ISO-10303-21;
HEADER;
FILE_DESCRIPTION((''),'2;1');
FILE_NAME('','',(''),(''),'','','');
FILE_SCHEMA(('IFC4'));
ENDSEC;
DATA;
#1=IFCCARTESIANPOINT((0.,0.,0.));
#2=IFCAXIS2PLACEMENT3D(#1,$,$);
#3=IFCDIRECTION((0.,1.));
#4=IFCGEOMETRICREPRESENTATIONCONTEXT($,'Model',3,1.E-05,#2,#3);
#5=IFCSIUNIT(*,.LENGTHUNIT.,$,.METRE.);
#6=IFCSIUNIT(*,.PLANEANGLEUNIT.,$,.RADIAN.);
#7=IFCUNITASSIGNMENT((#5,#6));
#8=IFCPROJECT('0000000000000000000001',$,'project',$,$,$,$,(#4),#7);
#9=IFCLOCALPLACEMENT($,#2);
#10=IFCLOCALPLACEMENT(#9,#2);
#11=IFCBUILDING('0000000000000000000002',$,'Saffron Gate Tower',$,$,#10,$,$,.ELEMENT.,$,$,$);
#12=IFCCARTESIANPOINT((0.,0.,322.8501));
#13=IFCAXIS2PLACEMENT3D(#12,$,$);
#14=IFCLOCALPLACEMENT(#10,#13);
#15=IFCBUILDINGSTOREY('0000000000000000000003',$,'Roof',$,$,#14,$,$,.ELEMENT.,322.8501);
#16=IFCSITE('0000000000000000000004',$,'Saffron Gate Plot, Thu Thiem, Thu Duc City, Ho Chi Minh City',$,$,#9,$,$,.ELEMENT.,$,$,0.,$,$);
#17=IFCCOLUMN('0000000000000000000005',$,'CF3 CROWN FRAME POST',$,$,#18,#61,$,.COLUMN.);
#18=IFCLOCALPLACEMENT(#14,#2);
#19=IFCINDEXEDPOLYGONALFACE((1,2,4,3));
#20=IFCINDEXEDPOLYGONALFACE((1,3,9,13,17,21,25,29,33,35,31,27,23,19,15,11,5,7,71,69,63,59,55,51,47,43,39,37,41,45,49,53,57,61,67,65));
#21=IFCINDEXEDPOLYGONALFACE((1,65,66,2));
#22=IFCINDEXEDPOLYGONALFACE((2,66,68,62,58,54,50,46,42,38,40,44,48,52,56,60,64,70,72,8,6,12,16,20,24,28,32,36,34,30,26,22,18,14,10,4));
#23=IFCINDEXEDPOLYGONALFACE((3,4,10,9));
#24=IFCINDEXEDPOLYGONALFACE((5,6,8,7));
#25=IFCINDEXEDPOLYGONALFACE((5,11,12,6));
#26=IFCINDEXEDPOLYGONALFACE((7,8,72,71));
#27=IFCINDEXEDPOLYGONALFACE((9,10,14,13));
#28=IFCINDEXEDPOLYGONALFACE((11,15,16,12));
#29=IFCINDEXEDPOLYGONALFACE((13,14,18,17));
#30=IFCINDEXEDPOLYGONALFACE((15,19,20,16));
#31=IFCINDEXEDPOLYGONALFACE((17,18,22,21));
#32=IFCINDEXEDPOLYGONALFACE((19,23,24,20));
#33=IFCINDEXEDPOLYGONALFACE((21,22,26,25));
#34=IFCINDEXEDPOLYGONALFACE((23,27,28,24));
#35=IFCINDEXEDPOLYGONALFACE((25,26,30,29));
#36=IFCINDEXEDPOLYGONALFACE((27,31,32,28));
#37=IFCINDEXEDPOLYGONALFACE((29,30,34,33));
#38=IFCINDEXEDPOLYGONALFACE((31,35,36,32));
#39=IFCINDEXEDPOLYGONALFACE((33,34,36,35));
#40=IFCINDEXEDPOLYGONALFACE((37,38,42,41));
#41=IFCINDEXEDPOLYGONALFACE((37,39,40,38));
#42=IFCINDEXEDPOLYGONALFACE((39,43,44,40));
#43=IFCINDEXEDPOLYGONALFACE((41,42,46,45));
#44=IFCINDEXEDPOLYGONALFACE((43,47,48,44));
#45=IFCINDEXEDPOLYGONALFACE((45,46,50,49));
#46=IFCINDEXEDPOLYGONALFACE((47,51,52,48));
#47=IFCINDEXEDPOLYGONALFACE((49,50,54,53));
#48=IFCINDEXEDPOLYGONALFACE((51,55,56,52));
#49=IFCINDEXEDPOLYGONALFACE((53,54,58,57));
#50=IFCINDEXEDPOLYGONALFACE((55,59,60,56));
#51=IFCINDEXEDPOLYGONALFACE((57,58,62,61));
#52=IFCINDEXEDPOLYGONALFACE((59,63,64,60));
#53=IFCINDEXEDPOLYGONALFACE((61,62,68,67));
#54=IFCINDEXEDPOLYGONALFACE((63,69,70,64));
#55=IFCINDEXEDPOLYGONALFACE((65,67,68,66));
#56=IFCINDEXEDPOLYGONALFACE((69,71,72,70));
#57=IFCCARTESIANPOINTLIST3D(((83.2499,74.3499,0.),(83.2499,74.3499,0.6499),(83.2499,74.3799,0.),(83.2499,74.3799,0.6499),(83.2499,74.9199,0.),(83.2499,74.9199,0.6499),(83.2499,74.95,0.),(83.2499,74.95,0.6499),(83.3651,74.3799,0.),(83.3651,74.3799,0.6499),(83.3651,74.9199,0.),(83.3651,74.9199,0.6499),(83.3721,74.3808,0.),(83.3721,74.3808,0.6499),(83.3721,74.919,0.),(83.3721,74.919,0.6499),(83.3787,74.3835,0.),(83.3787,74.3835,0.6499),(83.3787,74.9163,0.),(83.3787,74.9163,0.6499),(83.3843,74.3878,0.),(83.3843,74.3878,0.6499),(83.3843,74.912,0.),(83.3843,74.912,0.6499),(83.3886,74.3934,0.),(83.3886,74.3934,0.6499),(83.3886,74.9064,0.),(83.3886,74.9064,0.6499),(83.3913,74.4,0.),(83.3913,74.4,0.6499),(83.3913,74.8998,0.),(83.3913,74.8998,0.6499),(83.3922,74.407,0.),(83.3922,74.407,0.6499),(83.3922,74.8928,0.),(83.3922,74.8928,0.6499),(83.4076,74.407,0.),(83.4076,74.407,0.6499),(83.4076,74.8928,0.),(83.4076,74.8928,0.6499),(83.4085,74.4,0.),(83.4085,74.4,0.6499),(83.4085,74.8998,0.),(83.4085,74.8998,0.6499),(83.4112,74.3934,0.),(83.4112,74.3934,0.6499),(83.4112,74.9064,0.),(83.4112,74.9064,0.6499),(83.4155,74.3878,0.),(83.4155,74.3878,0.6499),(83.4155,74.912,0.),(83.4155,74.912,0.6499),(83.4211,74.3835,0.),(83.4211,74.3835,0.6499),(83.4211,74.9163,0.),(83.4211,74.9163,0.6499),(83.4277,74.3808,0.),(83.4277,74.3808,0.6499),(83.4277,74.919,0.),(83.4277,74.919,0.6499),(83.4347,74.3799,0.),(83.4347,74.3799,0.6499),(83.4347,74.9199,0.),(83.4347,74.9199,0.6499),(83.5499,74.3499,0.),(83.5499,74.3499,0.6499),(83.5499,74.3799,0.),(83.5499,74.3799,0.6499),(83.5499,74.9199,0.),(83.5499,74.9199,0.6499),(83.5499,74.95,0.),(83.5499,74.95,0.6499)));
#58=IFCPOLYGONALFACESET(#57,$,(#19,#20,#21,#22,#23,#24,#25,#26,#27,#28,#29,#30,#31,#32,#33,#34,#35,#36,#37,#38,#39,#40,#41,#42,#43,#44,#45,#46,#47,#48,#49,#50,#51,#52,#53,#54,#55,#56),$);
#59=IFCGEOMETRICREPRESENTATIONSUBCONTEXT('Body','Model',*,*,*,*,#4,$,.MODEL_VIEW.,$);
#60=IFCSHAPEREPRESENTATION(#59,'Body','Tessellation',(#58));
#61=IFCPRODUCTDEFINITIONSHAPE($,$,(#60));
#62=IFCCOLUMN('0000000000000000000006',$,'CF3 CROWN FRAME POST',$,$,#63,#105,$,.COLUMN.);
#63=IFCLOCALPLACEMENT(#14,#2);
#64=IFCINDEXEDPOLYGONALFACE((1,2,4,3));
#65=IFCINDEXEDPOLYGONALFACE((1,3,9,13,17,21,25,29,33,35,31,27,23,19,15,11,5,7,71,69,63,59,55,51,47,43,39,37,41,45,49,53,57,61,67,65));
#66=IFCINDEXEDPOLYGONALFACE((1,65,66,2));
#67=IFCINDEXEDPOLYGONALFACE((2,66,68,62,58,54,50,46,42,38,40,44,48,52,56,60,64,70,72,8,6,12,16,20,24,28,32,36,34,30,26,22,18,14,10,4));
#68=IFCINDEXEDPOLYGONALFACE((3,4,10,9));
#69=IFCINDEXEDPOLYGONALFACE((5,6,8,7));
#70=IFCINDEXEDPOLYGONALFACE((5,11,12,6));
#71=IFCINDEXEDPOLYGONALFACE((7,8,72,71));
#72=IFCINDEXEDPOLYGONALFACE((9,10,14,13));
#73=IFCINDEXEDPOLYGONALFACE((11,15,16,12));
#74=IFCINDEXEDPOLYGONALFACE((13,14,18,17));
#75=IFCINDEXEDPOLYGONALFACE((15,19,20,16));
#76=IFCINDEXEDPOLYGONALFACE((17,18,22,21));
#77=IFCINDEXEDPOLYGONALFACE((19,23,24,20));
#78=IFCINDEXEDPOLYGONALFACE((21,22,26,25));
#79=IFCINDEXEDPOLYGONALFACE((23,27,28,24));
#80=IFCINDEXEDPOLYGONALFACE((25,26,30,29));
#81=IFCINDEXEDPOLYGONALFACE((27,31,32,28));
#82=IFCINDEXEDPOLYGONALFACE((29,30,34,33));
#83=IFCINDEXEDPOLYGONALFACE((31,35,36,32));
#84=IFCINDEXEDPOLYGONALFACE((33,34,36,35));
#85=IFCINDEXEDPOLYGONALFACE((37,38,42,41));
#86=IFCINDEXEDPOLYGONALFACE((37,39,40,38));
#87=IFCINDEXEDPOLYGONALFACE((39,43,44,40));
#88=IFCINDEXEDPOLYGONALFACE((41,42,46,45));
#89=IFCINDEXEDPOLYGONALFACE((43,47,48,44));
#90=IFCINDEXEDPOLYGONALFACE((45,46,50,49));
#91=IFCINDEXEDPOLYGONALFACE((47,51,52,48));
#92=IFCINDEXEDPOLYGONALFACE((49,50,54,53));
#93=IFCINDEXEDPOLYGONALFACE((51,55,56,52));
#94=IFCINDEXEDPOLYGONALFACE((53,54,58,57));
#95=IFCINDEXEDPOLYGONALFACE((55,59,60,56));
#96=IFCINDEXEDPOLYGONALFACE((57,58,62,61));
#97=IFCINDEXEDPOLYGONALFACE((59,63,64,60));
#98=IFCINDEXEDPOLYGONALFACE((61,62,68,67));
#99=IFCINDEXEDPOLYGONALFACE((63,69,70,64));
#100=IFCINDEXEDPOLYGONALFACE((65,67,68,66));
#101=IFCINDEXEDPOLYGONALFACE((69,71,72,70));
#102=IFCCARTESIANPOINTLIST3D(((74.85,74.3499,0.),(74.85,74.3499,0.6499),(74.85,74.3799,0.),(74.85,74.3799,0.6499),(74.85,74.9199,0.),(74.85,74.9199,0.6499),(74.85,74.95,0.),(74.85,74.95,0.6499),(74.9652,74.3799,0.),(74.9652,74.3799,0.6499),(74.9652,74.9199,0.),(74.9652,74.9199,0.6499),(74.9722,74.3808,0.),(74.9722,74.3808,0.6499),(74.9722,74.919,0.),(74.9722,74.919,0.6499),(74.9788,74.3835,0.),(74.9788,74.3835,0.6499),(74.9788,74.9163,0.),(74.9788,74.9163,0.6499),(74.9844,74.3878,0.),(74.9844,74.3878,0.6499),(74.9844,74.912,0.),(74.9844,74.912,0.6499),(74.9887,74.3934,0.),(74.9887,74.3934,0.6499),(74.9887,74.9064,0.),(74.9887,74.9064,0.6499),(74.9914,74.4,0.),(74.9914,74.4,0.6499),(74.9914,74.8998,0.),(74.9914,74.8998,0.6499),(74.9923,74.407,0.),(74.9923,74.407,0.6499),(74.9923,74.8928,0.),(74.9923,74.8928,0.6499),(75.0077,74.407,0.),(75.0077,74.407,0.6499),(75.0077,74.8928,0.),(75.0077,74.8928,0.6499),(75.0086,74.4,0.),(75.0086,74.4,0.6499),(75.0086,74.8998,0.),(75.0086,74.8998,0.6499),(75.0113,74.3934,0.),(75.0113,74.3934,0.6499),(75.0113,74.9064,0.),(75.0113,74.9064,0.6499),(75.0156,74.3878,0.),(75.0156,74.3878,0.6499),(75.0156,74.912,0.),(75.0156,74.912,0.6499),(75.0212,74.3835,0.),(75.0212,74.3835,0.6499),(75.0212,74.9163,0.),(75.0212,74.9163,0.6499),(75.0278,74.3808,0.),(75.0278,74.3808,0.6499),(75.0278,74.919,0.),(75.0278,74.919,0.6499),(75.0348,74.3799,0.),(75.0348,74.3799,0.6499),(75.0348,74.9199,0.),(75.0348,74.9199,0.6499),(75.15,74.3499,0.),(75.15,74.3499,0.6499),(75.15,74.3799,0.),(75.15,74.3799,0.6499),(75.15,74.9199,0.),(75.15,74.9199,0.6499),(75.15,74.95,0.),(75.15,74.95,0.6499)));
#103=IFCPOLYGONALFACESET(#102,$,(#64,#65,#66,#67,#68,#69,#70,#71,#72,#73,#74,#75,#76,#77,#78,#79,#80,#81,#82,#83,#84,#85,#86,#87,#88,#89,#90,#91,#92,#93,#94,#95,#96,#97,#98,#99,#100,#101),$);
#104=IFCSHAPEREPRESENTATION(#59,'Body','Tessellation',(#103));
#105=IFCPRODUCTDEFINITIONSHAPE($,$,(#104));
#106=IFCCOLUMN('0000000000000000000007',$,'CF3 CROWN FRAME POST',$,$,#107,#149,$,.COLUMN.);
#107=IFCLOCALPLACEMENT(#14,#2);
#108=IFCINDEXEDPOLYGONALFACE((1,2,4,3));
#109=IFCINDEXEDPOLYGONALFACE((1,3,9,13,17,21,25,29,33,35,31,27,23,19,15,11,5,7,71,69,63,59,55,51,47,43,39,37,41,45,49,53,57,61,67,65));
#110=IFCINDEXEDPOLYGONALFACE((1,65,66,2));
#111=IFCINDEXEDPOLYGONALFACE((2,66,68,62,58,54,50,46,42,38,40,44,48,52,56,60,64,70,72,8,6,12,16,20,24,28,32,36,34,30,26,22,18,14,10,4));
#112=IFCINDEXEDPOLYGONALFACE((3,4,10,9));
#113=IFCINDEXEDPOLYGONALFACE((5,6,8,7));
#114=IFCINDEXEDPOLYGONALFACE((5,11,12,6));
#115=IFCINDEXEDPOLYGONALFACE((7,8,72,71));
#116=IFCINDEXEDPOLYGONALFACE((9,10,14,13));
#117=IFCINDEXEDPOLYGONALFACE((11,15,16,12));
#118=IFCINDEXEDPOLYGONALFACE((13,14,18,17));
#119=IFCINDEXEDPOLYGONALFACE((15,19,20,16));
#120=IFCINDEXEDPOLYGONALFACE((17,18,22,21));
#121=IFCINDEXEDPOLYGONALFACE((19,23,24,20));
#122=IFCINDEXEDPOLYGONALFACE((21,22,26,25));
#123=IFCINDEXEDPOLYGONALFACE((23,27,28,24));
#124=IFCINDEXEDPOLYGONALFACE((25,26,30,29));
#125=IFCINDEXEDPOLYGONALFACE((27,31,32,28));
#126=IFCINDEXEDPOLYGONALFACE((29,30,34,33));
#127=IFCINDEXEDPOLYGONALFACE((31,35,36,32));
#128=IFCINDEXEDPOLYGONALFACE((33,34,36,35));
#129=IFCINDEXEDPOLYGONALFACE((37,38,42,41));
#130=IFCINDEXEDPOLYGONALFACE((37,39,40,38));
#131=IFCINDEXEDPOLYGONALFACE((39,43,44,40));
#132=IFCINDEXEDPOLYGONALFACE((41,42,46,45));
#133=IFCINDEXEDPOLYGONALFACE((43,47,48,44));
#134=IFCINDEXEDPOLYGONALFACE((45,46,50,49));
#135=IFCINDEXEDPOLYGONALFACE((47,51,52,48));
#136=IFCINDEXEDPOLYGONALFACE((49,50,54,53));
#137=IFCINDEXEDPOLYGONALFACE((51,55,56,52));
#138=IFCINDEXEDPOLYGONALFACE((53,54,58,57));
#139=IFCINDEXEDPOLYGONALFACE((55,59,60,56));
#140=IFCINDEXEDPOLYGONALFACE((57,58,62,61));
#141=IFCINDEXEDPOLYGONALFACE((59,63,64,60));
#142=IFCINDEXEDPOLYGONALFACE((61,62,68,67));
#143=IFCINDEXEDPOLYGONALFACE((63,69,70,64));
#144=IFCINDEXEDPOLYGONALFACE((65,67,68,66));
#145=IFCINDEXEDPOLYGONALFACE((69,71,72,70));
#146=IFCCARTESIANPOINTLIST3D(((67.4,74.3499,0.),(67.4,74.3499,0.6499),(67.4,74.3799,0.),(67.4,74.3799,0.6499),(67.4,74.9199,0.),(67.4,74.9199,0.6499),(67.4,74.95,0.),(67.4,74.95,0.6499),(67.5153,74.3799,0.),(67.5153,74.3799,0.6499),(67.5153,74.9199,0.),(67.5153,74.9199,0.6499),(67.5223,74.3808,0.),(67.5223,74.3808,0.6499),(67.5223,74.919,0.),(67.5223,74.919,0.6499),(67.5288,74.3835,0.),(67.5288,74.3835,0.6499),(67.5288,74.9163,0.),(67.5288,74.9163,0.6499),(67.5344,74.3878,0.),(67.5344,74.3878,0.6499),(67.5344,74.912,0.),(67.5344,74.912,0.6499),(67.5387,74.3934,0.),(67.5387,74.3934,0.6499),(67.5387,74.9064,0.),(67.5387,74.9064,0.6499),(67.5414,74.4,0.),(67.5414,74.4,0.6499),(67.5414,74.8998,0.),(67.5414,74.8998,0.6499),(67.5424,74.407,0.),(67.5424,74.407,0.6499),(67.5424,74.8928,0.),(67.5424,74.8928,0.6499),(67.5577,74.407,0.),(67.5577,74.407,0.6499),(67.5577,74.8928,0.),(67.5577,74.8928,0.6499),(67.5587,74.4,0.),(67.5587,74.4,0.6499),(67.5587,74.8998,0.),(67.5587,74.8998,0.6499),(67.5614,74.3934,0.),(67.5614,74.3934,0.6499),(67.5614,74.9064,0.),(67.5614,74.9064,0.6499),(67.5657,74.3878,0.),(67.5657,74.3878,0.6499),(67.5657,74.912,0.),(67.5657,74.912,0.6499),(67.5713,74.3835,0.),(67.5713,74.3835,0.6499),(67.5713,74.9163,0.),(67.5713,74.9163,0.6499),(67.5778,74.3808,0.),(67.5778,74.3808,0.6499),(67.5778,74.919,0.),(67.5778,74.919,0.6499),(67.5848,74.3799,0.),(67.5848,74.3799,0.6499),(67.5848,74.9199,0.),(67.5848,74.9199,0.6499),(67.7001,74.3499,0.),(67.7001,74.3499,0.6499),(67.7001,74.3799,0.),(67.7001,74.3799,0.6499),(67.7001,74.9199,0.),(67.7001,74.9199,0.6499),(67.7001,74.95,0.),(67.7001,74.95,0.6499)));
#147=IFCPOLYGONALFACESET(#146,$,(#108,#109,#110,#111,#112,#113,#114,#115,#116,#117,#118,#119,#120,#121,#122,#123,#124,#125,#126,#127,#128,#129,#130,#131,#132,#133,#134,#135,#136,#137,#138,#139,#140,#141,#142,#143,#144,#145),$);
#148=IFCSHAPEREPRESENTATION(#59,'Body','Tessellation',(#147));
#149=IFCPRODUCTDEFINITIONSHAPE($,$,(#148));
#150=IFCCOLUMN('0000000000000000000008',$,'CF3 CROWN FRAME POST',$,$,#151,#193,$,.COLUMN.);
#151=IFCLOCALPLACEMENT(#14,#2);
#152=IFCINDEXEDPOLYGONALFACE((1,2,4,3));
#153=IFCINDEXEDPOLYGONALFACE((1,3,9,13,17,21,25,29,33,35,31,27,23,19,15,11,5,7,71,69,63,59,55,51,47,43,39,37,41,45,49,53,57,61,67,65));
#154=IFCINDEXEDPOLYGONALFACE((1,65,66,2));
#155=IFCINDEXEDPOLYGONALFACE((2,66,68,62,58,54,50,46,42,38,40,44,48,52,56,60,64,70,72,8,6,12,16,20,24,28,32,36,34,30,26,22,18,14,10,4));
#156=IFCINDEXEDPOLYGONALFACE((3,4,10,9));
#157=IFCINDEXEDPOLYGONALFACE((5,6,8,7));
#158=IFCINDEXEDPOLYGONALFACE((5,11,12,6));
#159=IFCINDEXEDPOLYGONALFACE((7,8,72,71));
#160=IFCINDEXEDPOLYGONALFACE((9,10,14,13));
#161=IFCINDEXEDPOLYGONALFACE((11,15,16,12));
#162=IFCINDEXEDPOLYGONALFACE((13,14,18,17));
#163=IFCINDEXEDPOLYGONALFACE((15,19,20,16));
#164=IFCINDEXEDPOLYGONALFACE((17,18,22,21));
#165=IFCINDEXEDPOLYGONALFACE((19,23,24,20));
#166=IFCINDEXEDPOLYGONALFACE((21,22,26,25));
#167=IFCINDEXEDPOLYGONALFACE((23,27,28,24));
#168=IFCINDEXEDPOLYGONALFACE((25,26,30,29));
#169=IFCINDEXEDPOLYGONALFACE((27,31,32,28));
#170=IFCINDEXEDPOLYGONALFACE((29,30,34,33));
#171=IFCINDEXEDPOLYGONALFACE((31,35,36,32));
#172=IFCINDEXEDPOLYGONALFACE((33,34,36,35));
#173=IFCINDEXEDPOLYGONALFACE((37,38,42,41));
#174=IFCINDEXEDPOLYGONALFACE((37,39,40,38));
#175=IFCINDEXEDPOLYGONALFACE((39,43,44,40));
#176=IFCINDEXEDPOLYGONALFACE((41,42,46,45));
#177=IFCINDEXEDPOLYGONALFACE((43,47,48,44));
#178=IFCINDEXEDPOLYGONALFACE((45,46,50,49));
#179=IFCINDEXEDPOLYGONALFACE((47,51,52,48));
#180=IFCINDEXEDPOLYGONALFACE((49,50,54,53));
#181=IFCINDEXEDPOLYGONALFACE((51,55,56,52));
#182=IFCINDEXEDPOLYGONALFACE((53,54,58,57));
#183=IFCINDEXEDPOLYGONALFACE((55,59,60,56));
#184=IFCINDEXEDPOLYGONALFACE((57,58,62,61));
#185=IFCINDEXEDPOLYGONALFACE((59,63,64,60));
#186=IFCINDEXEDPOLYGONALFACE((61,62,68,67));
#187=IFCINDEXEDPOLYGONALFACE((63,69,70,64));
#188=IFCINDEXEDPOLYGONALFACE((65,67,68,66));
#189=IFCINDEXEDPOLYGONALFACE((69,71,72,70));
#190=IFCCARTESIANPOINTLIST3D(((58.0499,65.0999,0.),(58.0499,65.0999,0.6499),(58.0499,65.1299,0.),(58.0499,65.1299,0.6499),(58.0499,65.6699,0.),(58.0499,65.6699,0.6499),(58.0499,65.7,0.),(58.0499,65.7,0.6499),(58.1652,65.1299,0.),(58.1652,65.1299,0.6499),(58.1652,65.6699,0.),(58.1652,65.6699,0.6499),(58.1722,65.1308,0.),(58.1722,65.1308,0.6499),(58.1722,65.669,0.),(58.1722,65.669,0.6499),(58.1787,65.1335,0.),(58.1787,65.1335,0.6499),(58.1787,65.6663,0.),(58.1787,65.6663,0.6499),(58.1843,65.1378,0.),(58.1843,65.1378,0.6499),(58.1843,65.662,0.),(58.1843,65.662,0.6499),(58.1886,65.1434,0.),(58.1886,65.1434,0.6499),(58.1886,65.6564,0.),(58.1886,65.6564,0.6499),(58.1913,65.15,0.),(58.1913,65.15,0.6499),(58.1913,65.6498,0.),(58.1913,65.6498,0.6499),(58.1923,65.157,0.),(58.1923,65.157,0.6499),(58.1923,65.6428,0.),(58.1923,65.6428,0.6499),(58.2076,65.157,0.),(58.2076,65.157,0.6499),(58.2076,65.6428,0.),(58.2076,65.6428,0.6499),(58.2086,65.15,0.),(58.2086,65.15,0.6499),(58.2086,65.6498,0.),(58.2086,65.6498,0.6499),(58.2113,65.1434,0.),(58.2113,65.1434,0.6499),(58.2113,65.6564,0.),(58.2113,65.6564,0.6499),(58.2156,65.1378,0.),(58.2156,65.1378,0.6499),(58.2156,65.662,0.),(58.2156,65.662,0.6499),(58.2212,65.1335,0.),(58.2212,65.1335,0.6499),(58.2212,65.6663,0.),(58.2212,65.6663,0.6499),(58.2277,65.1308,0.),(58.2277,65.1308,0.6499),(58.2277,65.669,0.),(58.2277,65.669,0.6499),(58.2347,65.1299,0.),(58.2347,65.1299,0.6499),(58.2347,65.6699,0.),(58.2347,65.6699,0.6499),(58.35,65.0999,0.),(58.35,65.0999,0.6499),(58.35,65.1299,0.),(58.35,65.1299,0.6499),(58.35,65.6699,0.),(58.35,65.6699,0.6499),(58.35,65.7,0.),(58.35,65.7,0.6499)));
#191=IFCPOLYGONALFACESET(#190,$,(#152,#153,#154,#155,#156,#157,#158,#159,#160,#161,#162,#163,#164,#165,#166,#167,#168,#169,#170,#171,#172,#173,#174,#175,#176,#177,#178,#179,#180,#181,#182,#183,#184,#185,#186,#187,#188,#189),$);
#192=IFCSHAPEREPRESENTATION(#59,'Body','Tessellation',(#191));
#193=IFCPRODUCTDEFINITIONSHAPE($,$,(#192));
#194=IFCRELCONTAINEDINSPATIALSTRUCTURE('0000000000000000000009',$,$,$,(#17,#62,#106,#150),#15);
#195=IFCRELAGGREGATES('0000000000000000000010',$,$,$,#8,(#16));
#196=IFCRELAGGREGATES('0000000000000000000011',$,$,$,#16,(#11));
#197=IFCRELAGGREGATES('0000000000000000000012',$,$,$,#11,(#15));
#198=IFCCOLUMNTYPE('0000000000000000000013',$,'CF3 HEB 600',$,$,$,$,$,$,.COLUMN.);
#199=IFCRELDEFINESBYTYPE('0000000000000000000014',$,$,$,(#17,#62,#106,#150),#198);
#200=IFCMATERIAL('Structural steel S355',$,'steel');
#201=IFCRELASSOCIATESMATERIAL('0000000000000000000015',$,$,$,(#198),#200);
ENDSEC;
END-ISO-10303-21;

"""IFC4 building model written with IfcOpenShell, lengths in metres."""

from ifc_helpers import new_model, si_unit, direction, frame, origin, origin_2d, place, context, subcontext, project, spatial, i_section, extrude, material, material_profile, profile_set, type_object, element, save


model = new_model("IFC4")

# Units and contexts
model_context = context("Model", 3, precision=1e-05, world=origin(), true_north=direction((0.0, 1.0)))
body_context = subcontext(model_context, "Body", "Model", "MODEL_VIEW")
ifc_project = project(units=[si_unit("LENGTHUNIT", "METRE"), si_unit("PLANEANGLEUNIT", "RADIAN")], contexts=[model_context])

# Site, building, storey
site_placement = place(None, origin())
site = spatial("IfcSite", under=ifc_project, at=site_placement, Name="Saffron Gate Plot, Thu Thiem, Thu Duc City, Ho Chi Minh City", CompositionType="ELEMENT", RefElevation=0.0)
building_placement = place(site_placement, origin())
building = spatial("IfcBuilding", under=site, at=building_placement, Name="Saffron Gate Tower", CompositionType="ELEMENT")
storey_placement = place(building_placement, frame((0.0, 0.0, 322.8501)))
storey = spatial("IfcBuildingStorey", under=building, at=storey_placement, Name="Roof", CompositionType="ELEMENT", Elevation=322.8501)

# Columns
ifc_material_1 = material(Name="Structural steel S355", Category="steel")
ifc_material_profile = material_profile(ifc_material_1, i_section(OverallWidth=0.3, OverallDepth=0.6001, WebThickness=0.0154, FlangeThickness=0.03, FilletRadius=0.0271, at=origin_2d()))
ifc_profile_set = profile_set([ifc_material_profile], Name="Structural steel S355")
column_type = type_object("IfcColumnType", Name="CF3 HEB 600", PredefinedType="COLUMN", material=ifc_profile_set)
for number, where, z_axis, x_axis, name in (
    (1, (83.3999, 74.6499, 0.0), (0.0, 0.0, 1.0), (1.0, 0.0, 0.0), "CF3 CROWN FRAME POST"),
    (2, (75.0, 74.6499, 0.0), (0.0, 0.0, 1.0), (1.0, 0.0, 0.0), "CF3 CROWN FRAME POST"),
    (3, (67.55, 74.6499, 0.0), (0.0, 0.0, 1.0), (1.0, 0.0, 0.0), "CF3 CROWN FRAME POST"),
    (4, (58.2, 65.3999, 0.0), (0.0, 0.0, 1.0), (1.0, 0.0, 0.0), "CF3 CROWN FRAME POST"),
):
    element("IfcColumn", number, at=place(storey_placement, frame(where, z_axis=z_axis, x_axis=x_axis)), inside=storey, type_object=column_type, Name=name, PredefinedType="COLUMN", context=body_context, shape_type="SweptSolid", body=[
        extrude(i_section(OverallWidth=0.3, OverallDepth=0.6001, WebThickness=0.0154, FlangeThickness=0.03, FilletRadius=0.0271, at=origin_2d()), origin(), (0.0, 0.0, 1.0), 0.6499),
    ])

save(model, "model.ifc")
